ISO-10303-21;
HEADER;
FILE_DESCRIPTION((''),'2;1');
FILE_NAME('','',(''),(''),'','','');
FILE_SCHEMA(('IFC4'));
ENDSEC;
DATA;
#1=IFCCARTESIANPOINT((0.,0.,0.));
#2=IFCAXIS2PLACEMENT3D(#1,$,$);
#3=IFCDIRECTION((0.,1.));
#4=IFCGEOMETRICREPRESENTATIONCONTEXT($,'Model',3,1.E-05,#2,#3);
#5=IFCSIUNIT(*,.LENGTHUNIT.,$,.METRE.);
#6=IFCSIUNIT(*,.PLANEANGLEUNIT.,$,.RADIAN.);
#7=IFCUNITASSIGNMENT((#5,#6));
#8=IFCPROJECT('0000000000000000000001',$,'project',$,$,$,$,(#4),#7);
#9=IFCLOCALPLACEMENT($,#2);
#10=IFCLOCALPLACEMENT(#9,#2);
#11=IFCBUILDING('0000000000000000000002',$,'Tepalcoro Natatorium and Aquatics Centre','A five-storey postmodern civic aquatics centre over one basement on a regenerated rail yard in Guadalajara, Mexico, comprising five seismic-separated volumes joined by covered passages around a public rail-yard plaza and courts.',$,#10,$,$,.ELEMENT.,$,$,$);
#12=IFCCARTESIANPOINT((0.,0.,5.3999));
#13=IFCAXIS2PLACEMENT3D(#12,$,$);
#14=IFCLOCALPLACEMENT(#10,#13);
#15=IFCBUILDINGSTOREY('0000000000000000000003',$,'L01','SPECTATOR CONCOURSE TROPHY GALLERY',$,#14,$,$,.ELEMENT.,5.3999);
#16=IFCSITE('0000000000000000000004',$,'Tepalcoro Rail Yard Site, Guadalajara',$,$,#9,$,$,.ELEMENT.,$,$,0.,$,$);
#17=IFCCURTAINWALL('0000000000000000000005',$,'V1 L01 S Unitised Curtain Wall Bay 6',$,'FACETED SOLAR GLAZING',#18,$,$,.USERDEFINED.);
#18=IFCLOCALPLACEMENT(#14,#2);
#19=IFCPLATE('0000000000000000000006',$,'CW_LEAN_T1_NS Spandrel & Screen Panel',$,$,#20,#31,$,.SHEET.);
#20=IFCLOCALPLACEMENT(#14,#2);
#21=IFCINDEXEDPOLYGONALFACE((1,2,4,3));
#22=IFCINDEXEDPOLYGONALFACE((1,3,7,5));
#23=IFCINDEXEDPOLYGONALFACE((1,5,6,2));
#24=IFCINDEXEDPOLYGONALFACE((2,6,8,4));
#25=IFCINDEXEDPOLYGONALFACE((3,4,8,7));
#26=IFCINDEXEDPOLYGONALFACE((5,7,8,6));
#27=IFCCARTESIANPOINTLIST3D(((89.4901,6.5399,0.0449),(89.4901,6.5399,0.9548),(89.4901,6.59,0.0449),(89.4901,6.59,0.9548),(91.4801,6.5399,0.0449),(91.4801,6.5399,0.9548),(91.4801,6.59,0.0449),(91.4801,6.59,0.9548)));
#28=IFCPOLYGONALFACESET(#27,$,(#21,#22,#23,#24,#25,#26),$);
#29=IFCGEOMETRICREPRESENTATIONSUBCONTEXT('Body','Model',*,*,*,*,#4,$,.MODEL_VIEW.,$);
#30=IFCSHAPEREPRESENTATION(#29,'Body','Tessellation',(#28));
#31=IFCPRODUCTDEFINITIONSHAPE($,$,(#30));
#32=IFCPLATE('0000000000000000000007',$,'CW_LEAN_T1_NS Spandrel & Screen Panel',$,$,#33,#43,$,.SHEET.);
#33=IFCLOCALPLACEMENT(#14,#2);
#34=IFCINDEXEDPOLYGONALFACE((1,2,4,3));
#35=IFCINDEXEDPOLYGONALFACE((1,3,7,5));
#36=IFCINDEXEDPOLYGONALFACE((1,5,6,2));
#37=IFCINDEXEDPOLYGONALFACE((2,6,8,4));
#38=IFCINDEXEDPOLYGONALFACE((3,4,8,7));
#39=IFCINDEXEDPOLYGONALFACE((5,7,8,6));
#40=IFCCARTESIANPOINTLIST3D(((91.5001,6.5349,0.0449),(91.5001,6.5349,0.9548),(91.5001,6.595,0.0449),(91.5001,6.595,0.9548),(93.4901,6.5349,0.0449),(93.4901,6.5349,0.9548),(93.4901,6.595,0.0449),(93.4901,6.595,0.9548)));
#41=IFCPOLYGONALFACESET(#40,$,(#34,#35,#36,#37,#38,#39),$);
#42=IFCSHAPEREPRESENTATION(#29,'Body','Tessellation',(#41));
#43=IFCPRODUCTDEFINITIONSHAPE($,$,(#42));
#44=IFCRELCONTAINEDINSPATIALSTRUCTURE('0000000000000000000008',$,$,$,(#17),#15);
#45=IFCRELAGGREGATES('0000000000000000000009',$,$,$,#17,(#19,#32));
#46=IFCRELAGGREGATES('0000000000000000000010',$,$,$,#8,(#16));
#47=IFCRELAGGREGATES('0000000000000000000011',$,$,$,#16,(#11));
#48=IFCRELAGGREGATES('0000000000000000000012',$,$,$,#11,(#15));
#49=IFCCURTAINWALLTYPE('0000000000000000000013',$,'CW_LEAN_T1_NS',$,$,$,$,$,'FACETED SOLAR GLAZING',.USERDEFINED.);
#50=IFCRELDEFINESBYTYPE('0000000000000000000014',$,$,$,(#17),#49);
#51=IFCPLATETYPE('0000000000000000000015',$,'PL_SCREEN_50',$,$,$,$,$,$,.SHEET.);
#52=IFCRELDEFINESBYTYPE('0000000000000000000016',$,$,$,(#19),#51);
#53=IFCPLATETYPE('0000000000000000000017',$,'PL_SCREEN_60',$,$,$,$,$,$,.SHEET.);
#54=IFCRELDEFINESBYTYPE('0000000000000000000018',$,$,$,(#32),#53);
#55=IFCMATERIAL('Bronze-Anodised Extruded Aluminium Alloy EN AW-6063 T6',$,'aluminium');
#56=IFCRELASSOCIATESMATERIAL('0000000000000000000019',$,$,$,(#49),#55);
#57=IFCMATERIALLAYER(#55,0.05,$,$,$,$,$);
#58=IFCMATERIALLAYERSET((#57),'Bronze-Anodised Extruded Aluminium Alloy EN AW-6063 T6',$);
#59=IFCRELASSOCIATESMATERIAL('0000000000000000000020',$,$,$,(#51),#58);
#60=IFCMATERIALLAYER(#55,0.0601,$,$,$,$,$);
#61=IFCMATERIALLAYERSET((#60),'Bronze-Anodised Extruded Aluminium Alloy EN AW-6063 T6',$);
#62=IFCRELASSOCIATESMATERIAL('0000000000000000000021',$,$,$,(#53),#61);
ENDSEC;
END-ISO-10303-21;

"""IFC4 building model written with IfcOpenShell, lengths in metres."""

from ifc_helpers import new_model, si_unit, direction, frame, origin, origin_2d, place, context, subcontext, project, spatial, rectangle, extrude, material, layer, layer_set, type_object, element, aggregate, save


model = new_model("IFC4")

# Units and contexts
model_context = context("Model", 3, precision=1e-05, world=origin(), true_north=direction((0.0, 1.0)))
body_context = subcontext(model_context, "Body", "Model", "MODEL_VIEW")
ifc_project = project(units=[si_unit("LENGTHUNIT", "METRE"), si_unit("PLANEANGLEUNIT", "RADIAN")], contexts=[model_context])

# Site, building, storey
site_placement = place(None, origin())
site = spatial("IfcSite", under=ifc_project, at=site_placement, Name="Tepalcoro Rail Yard Site, Guadalajara", CompositionType="ELEMENT", RefElevation=0.0)
building_placement = place(site_placement, origin())
building = spatial("IfcBuilding", under=site, at=building_placement, Name="Tepalcoro Natatorium and Aquatics Centre", Description="A five-storey postmodern civic aquatics centre over one basement on a regenerated rail yard in Guadalajara, Mexico, comprising five seismic-separated volumes joined by covered passages around a public rail-yard plaza and courts.", CompositionType="ELEMENT")
storey_placement = place(building_placement, frame((0.0, 0.0, 5.3999)))
storey = spatial("IfcBuildingStorey", under=building, at=storey_placement, Name="L01", Description="SPECTATOR CONCOURSE TROPHY GALLERY", CompositionType="ELEMENT", Elevation=5.3999)

# Curtain wall
ifc_material_1 = material(Name="Bronze-Anodised Extruded Aluminium Alloy EN AW-6063 T6", Category="aluminium")
curtain_wall_type = type_object("IfcCurtainWallType", Name="CW_LEAN_T1_NS", ElementType="FACETED SOLAR GLAZING", PredefinedType="USERDEFINED", material=ifc_material_1)
curtain_wall_placement = place(storey_placement, origin())
curtain_wall = element("IfcCurtainWall", 1, at=curtain_wall_placement, inside=storey, type_object=curtain_wall_type, Name="V1 L01 S Unitised Curtain Wall Bay 6", ObjectType="FACETED SOLAR GLAZING", PredefinedType="USERDEFINED")

# Plates
ifc_layer_1 = layer(ifc_material_1, 0.05)
ifc_layer_set_1 = layer_set([ifc_layer_1], Name="Bronze-Anodised Extruded Aluminium Alloy EN AW-6063 T6")
plate_type_1 = type_object("IfcPlateType", Name="PL_SCREEN_50", PredefinedType="SHEET", material=ifc_layer_set_1)
plate_1_placement = place(storey_placement, frame((90.4851, 6.5649, 0.0449), z_axis=(0.0, 0.0, 1.0), x_axis=(1.0, 0.0, 0.0)))
plate_1 = element("IfcPlate", 2, at=plate_1_placement, type_object=plate_type_1, Name="CW_LEAN_T1_NS Spandrel & Screen Panel", PredefinedType="SHEET", context=body_context, shape_type="SweptSolid", body=[
    extrude(rectangle(XDim=1.99, YDim=0.05, at=origin_2d()), origin(), (0.0, 0.0, 1.0), 0.9099),
])
ifc_layer_2 = layer(ifc_material_1, 0.0601)
ifc_layer_set_2 = layer_set([ifc_layer_2], Name="Bronze-Anodised Extruded Aluminium Alloy EN AW-6063 T6")
plate_type_2 = type_object("IfcPlateType", Name="PL_SCREEN_60", PredefinedType="SHEET", material=ifc_layer_set_2)
plate_2_placement = place(storey_placement, frame((92.4951, 6.5649, 0.0449), z_axis=(0.0, 0.0, 1.0), x_axis=(1.0, 0.0, 0.0)))
plate_2 = element("IfcPlate", 3, at=plate_2_placement, type_object=plate_type_2, Name="CW_LEAN_T1_NS Spandrel & Screen Panel", PredefinedType="SHEET", context=body_context, shape_type="SweptSolid", body=[
    extrude(rectangle(XDim=1.99, YDim=0.0601, at=origin_2d()), origin(), (0.0, 0.0, 1.0), 0.9099),
])
aggregate(curtain_wall, [plate_1, plate_2])

save(model, "model.ifc")
